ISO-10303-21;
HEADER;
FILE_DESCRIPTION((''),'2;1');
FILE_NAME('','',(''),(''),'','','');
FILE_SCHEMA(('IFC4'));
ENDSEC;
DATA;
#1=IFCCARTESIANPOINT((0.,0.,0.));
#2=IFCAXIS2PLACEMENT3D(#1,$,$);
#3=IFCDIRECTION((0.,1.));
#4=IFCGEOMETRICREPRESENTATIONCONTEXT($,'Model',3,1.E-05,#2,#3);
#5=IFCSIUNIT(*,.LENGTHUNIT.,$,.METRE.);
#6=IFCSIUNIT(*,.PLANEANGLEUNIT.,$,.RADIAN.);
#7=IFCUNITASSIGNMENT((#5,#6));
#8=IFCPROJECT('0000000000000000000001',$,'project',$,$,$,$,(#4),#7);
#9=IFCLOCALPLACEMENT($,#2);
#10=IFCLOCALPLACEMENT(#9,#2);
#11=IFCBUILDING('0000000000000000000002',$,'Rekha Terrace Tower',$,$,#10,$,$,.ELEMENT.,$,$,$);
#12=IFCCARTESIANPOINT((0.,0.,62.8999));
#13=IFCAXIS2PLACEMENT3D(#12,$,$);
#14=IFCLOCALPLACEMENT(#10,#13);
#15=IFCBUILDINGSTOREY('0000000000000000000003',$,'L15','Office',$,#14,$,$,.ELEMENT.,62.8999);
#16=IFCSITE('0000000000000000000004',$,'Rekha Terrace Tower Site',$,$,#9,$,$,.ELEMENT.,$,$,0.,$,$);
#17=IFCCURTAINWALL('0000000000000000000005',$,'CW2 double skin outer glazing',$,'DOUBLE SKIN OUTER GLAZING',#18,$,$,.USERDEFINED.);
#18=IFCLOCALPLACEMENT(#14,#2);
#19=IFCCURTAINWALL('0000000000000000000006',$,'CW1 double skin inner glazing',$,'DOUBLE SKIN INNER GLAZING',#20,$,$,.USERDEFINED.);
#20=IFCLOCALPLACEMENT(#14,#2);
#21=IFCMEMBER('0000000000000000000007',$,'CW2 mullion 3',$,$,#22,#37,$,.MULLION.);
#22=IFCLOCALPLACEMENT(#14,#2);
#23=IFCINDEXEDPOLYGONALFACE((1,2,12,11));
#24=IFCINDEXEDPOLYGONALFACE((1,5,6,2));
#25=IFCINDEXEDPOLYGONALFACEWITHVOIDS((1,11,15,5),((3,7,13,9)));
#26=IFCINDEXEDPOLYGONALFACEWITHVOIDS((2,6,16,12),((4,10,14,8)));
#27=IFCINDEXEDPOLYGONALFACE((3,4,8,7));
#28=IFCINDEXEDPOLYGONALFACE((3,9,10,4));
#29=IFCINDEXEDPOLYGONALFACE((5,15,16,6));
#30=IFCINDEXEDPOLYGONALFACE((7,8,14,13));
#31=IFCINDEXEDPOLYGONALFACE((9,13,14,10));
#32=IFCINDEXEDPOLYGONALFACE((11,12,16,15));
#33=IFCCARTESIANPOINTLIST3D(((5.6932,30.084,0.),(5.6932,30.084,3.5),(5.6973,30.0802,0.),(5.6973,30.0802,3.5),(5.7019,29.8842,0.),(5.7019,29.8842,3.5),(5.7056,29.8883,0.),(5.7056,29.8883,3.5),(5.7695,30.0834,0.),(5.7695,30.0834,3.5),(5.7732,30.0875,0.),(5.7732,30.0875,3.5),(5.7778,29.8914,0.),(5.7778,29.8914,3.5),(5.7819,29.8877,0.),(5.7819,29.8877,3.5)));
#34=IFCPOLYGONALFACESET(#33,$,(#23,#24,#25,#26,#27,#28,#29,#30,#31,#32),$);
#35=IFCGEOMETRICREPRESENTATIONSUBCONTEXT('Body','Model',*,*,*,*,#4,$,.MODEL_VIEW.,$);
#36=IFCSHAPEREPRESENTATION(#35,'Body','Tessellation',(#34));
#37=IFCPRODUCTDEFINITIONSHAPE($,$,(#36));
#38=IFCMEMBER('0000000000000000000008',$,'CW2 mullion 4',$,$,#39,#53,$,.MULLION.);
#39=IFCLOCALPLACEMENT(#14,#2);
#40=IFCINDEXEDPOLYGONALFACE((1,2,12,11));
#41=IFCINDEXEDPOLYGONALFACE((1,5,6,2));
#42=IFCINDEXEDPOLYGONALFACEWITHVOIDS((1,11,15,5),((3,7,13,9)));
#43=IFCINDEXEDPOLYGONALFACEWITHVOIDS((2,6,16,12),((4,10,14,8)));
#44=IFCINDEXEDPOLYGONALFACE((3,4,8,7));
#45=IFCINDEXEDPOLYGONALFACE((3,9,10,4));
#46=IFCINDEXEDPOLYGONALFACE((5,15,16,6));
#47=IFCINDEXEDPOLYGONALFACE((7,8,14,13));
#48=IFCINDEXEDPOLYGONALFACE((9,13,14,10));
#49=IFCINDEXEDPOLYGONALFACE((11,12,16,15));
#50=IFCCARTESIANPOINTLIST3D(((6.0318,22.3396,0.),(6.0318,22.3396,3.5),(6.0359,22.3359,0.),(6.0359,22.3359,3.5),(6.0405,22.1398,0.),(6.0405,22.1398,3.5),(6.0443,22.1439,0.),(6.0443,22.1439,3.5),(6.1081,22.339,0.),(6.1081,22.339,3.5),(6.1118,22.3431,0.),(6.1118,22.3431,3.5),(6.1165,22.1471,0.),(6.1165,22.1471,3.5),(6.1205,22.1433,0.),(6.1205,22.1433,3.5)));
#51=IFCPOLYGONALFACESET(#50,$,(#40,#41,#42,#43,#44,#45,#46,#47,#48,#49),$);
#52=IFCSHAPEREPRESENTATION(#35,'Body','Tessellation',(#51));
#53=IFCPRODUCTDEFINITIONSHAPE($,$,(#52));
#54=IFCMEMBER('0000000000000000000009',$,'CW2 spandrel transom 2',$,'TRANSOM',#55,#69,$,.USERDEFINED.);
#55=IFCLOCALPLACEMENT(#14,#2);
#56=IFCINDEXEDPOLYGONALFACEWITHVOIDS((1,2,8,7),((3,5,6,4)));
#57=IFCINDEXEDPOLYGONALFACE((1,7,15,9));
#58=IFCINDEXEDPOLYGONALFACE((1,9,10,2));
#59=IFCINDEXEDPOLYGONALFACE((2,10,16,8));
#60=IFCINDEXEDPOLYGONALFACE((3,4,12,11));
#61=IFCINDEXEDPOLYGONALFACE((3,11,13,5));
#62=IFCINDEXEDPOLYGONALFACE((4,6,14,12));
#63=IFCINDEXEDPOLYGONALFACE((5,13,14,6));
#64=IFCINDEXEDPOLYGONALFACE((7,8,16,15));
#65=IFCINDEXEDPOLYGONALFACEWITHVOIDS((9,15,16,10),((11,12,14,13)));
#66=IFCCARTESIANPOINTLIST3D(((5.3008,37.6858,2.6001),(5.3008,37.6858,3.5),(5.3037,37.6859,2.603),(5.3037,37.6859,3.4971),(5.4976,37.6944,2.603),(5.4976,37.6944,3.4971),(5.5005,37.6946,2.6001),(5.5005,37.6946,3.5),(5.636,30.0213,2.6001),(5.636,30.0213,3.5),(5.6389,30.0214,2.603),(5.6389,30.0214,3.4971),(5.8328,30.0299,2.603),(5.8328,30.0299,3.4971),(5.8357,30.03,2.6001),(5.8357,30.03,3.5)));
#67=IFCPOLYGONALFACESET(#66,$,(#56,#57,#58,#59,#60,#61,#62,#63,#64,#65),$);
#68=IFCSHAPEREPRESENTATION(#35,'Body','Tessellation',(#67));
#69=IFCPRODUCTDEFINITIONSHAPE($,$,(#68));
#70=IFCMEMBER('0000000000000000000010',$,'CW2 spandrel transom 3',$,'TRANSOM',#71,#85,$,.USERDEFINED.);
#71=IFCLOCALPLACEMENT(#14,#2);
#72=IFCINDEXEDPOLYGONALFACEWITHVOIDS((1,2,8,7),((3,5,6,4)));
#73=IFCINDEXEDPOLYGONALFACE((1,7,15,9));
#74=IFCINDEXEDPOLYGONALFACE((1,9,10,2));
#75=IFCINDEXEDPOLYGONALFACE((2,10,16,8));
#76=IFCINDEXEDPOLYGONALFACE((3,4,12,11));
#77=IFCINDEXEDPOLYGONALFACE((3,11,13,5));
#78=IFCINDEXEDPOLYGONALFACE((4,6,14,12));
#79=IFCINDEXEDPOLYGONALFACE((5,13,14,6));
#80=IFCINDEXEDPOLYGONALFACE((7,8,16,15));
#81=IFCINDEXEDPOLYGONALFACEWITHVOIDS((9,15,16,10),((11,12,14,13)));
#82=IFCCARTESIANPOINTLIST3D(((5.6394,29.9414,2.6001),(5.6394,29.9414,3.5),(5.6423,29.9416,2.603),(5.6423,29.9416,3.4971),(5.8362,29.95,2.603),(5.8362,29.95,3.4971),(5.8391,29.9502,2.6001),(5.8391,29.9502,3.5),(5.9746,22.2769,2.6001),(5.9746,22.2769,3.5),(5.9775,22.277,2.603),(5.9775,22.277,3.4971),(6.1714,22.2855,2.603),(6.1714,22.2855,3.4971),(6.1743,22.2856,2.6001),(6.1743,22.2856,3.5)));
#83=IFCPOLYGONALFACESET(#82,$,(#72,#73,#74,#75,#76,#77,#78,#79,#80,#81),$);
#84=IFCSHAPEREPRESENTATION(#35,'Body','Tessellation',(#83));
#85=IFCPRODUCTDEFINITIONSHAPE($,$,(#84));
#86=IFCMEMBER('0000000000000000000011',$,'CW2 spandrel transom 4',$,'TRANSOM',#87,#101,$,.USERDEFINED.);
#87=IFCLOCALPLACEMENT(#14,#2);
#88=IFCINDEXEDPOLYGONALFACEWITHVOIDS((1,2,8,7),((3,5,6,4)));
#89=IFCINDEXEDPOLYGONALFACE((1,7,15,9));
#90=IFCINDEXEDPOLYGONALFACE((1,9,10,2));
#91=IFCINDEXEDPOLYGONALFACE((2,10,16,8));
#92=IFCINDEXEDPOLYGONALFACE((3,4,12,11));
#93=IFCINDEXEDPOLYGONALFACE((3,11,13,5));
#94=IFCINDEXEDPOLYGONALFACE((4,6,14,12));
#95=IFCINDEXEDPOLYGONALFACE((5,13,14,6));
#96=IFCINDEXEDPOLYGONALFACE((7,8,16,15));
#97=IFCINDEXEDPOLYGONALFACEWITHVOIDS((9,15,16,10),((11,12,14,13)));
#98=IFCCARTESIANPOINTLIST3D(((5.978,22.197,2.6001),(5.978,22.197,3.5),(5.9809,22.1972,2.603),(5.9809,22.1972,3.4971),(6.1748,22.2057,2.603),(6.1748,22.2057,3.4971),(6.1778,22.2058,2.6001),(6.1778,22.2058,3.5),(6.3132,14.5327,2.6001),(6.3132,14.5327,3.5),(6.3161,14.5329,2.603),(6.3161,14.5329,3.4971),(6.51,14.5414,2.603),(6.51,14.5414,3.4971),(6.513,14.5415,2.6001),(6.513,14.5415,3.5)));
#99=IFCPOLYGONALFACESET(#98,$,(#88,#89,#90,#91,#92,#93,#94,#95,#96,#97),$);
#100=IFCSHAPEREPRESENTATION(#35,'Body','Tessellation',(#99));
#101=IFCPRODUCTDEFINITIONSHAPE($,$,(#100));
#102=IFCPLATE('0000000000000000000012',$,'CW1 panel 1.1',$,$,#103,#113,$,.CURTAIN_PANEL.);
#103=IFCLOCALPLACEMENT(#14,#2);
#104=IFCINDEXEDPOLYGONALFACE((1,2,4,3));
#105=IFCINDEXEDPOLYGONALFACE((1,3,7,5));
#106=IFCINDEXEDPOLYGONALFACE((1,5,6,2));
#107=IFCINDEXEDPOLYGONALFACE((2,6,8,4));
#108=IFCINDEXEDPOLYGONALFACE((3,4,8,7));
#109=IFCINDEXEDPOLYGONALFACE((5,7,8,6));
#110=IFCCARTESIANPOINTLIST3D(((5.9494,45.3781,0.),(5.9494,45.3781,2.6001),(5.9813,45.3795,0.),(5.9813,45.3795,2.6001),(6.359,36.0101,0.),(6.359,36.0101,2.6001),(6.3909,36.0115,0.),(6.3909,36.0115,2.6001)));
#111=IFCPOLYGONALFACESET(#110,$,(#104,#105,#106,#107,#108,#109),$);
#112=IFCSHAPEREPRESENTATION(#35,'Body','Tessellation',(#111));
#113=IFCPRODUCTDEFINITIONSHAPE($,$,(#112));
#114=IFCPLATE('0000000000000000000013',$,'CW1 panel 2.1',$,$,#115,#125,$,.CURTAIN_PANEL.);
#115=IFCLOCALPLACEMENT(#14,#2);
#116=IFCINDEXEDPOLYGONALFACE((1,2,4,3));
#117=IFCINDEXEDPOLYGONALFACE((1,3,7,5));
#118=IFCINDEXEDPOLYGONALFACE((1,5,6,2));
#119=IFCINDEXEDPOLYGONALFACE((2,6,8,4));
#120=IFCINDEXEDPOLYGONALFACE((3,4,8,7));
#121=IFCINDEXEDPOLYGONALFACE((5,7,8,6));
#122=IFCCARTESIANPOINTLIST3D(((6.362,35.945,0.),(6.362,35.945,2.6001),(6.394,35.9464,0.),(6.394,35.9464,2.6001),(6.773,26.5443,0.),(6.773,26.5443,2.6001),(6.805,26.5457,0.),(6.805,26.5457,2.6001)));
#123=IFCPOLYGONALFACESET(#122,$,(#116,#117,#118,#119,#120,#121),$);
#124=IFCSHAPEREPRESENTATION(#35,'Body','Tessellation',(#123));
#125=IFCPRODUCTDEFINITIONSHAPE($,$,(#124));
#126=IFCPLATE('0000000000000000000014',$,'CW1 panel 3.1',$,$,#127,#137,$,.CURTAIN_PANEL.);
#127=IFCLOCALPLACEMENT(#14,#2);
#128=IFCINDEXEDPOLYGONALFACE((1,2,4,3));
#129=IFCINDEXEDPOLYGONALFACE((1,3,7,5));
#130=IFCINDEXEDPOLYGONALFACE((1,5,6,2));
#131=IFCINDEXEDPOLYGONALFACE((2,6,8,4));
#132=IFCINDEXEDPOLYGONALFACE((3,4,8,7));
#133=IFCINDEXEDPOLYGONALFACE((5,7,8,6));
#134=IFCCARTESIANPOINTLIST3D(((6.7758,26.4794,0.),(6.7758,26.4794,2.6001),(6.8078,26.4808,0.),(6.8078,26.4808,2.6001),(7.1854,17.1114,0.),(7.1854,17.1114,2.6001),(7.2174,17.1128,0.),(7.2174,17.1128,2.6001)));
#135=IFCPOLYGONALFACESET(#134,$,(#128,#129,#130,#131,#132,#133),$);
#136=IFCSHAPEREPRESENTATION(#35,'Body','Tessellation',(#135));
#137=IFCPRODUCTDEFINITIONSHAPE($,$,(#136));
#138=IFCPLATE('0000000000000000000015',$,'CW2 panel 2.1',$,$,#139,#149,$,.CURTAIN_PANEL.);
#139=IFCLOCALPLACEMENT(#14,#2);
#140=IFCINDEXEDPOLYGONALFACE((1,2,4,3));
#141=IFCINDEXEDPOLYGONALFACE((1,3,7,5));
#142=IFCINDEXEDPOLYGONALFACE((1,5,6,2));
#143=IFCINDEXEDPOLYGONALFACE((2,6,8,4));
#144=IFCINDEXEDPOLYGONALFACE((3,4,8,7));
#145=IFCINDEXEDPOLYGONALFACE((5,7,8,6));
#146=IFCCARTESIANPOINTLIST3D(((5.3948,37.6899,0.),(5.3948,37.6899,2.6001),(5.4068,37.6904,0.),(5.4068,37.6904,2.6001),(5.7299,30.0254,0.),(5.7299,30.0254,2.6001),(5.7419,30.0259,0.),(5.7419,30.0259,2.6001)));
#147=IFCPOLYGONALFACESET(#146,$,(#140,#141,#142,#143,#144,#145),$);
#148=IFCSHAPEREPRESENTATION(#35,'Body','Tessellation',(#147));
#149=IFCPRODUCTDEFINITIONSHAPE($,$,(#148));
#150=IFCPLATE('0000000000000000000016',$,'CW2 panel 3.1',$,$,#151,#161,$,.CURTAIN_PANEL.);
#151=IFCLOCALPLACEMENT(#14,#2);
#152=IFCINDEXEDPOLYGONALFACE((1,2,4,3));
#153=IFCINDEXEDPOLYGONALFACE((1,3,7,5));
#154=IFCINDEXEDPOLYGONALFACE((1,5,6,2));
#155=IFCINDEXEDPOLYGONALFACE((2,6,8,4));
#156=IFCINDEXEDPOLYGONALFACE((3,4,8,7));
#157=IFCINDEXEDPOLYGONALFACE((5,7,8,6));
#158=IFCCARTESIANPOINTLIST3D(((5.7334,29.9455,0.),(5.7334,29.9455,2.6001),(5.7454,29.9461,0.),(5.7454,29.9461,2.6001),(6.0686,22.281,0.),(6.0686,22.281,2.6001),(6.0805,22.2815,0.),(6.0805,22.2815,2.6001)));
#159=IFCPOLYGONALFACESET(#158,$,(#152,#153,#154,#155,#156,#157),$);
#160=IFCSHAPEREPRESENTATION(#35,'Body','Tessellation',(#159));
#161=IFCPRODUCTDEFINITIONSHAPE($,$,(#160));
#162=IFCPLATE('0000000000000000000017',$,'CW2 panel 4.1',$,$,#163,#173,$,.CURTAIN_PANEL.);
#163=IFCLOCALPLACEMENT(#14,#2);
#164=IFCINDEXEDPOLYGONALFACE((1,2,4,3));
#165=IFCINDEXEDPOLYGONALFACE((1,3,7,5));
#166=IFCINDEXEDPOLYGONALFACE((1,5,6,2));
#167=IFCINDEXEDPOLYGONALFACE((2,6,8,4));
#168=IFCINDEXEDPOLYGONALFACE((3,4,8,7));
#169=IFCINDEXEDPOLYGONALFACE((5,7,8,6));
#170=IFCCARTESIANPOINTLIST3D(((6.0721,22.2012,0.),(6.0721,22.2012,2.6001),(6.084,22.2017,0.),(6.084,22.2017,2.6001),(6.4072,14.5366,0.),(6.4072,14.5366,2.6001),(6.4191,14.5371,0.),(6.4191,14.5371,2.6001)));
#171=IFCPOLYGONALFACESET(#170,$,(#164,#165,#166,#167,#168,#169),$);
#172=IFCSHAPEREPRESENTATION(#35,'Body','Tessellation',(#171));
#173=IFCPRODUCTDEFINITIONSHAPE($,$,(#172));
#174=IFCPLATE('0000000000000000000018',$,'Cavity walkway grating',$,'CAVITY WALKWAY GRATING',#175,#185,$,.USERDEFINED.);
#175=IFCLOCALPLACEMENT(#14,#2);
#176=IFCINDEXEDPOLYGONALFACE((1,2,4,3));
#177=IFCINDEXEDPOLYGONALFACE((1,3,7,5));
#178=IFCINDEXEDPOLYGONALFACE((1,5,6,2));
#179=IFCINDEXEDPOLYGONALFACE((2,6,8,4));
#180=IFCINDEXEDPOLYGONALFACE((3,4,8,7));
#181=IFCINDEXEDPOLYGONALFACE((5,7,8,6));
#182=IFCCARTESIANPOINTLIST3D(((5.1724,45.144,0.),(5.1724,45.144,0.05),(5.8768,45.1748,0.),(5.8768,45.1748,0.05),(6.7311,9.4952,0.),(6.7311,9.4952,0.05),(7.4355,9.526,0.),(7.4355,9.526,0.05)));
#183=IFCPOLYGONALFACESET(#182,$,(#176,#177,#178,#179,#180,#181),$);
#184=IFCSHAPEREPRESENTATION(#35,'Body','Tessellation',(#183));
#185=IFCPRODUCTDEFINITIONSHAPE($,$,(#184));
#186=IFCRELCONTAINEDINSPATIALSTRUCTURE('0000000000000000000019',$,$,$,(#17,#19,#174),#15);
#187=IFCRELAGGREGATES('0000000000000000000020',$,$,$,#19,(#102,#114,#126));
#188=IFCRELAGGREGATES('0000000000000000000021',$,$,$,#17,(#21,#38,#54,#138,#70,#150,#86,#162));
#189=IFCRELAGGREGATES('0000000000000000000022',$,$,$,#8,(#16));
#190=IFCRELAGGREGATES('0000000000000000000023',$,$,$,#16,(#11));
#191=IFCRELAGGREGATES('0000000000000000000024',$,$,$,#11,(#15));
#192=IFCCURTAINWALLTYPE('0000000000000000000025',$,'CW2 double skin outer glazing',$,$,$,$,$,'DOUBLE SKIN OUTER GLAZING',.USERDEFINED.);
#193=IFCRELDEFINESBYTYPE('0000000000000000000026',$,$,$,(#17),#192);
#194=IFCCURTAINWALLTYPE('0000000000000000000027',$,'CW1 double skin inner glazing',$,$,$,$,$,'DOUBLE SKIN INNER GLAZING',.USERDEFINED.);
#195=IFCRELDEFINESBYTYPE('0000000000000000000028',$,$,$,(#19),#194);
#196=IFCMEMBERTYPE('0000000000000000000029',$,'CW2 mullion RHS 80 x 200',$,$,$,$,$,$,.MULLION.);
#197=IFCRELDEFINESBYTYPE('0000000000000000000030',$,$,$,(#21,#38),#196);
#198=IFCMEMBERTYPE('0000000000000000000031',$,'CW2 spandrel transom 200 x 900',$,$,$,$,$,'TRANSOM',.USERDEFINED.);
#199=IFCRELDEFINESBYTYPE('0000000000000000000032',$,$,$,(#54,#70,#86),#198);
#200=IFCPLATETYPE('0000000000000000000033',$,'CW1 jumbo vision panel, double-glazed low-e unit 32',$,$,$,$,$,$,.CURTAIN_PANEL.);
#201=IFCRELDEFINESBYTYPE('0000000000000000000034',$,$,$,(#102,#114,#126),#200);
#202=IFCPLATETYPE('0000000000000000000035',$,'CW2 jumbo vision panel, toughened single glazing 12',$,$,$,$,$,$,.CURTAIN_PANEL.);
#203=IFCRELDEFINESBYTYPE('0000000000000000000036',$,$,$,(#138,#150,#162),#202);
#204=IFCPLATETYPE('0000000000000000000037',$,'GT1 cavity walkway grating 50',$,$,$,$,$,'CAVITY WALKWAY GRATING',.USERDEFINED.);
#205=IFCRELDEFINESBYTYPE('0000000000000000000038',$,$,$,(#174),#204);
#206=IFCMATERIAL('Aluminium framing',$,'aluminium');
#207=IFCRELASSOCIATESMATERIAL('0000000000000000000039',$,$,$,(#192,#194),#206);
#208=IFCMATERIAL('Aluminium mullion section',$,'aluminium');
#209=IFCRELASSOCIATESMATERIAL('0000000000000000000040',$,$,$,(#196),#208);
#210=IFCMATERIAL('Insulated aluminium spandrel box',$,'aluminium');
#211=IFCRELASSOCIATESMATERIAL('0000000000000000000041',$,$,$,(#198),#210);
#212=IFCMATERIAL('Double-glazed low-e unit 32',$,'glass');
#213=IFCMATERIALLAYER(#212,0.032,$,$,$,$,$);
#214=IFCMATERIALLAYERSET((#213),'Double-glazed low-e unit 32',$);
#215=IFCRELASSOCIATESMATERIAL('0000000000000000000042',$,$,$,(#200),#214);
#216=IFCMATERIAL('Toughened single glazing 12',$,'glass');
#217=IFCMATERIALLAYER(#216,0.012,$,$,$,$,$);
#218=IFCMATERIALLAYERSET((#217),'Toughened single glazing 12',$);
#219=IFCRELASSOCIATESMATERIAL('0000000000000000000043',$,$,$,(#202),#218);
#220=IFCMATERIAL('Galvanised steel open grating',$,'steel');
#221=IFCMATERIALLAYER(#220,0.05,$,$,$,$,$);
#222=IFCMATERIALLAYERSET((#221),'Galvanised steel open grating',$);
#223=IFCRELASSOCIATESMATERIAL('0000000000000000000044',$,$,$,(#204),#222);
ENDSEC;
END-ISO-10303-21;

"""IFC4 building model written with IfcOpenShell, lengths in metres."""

from ifc_helpers import new_model, si_unit, direction, frame, origin, origin_2d, place, context, subcontext, project, spatial, rectangle, hollow_rectangle, extrude, material, layer, layer_set, material_profile, profile_set, type_object, element, aggregate, save


model = new_model("IFC4")

# Units and contexts
model_context = context("Model", 3, precision=1e-05, world=origin(), true_north=direction((0.0, 1.0)))
body_context = subcontext(model_context, "Body", "Model", "MODEL_VIEW")
ifc_project = project(units=[si_unit("LENGTHUNIT", "METRE"), si_unit("PLANEANGLEUNIT", "RADIAN")], contexts=[model_context])

# Site, building, storey
site_placement = place(None, origin())
site = spatial("IfcSite", under=ifc_project, at=site_placement, Name="Rekha Terrace Tower Site", CompositionType="ELEMENT", RefElevation=0.0)
building_placement = place(site_placement, origin())
building = spatial("IfcBuilding", under=site, at=building_placement, Name="Rekha Terrace Tower", CompositionType="ELEMENT")
storey_placement = place(building_placement, frame((0.0, 0.0, 62.8999)))
storey = spatial("IfcBuildingStorey", under=building, at=storey_placement, Name="L15", Description="Office", CompositionType="ELEMENT", Elevation=62.8999)

# Curtain walls
ifc_material_1 = material(Name="Aluminium framing", Category="aluminium")
curtain_wall_type_1 = type_object("IfcCurtainWallType", Name="CW2 double skin outer glazing", ElementType="DOUBLE SKIN OUTER GLAZING", PredefinedType="USERDEFINED", material=ifc_material_1)
curtain_wall_1_placement = place(storey_placement, origin())
curtain_wall_1 = element("IfcCurtainWall", 1, at=curtain_wall_1_placement, inside=storey, type_object=curtain_wall_type_1, Name="CW2 double skin outer glazing", ObjectType="DOUBLE SKIN OUTER GLAZING", PredefinedType="USERDEFINED")
curtain_wall_type_2 = type_object("IfcCurtainWallType", Name="CW1 double skin inner glazing", ElementType="DOUBLE SKIN INNER GLAZING", PredefinedType="USERDEFINED", material=ifc_material_1)
curtain_wall_2_placement = place(storey_placement, origin())
curtain_wall_2 = element("IfcCurtainWall", 2, at=curtain_wall_2_placement, inside=storey, type_object=curtain_wall_type_2, Name="CW1 double skin inner glazing", ObjectType="DOUBLE SKIN INNER GLAZING", PredefinedType="USERDEFINED")
ifc_material_2 = material(Name="Aluminium mullion section", Category="aluminium")
ifc_material_3 = material(Name="Insulated aluminium spandrel box", Category="aluminium")

# Members
ifc_material_profile_1 = material_profile(ifc_material_2, hollow_rectangle(XDim=0.0801, YDim=0.2, WallThickness=0.0039, at=origin_2d()), Name="AL RHS 80x200")
ifc_profile_set_1 = profile_set([ifc_material_profile_1], Name="Aluminium mullion section")
member_type_1 = type_object("IfcMemberType", Name="CW2 mullion RHS 80 x 200", PredefinedType="MULLION", material=ifc_profile_set_1)
member_1_placement = place(storey_placement, frame((5.7375, 29.9858, 0.0), z_axis=(0.0, 0.0, 1.0), x_axis=(0.999045, 0.043683, 0.0)))
member_1 = element("IfcMember", 3, at=member_1_placement, type_object=member_type_1, Name="CW2 mullion 3", PredefinedType="MULLION", context=body_context, shape_type="SweptSolid", body=[
    extrude(hollow_rectangle(XDim=0.0801, YDim=0.2, WallThickness=0.0039, at=origin_2d()), origin(), (0.0, 0.0, 1.0), 3.5),
])
member_2_placement = place(storey_placement, frame((6.0762, 22.2415, 0.0), z_axis=(0.0, 0.0, 1.0), x_axis=(0.999045, 0.043683, 0.0)))
member_2 = element("IfcMember", 4, at=member_2_placement, type_object=member_type_1, Name="CW2 mullion 4", PredefinedType="MULLION", context=body_context, shape_type="SweptSolid", body=[
    extrude(hollow_rectangle(XDim=0.0801, YDim=0.2, WallThickness=0.0039, at=origin_2d()), origin(), (0.0, 0.0, 1.0), 3.5),
])
ifc_material_profile_2 = material_profile(ifc_material_3, hollow_rectangle(XDim=0.2, YDim=0.8999, WallThickness=0.0029, at=origin_2d()), Name="AL SPANDREL BOX 200x900")
ifc_profile_set_2 = profile_set([ifc_material_profile_2], Name="Insulated aluminium spandrel box")
member_type_2 = type_object("IfcMemberType", Name="CW2 spandrel transom 200 x 900", ElementType="TRANSOM", PredefinedType="USERDEFINED", material=ifc_profile_set_2)
member_3_placement = place(storey_placement, frame((5.4006, 37.6902, 3.05), z_axis=(0.043693, -0.999045, 0.0), x_axis=(0.999045, 0.043693, 0.0)))
member_3 = element("IfcMember", 5, at=member_3_placement, type_object=member_type_2, Name="CW2 spandrel transom 2", ObjectType="TRANSOM", PredefinedType="USERDEFINED", context=body_context, shape_type="SweptSolid", body=[
    extrude(hollow_rectangle(XDim=0.2, YDim=0.8999, WallThickness=0.0029, at=origin_2d()), origin(), (0.0, 0.0, 1.0), 7.6719),
])
member_4_placement = place(storey_placement, frame((5.7393, 29.9458, 3.05), z_axis=(0.043693, -0.999045, 0.0), x_axis=(0.999045, 0.043693, 0.0)))
member_4 = element("IfcMember", 6, at=member_4_placement, type_object=member_type_2, Name="CW2 spandrel transom 3", ObjectType="TRANSOM", PredefinedType="USERDEFINED", context=body_context, shape_type="SweptSolid", body=[
    extrude(hollow_rectangle(XDim=0.2, YDim=0.8999, WallThickness=0.0029, at=origin_2d()), origin(), (0.0, 0.0, 1.0), 7.6719),
])
member_5_placement = place(storey_placement, frame((6.0779, 22.2014, 3.05), z_axis=(0.043694, -0.999045, 0.0), x_axis=(0.999045, 0.043694, 0.0)))
member_5 = element("IfcMember", 7, at=member_5_placement, type_object=member_type_2, Name="CW2 spandrel transom 4", ObjectType="TRANSOM", PredefinedType="USERDEFINED", context=body_context, shape_type="SweptSolid", body=[
    extrude(hollow_rectangle(XDim=0.2, YDim=0.8999, WallThickness=0.0029, at=origin_2d()), origin(), (0.0, 0.0, 1.0), 7.6716),
])

# Plates
ifc_material_4 = material(Name="Double-glazed low-e unit 32", Category="glass")
ifc_layer_1 = layer(ifc_material_4, 0.032)
ifc_layer_set_1 = layer_set([ifc_layer_1], Name="Double-glazed low-e unit 32")
plate_type_1 = type_object("IfcPlateType", Name="CW1 jumbo vision panel, double-glazed low-e unit 32", PredefinedType="CURTAIN_PANEL", material=ifc_layer_set_1)
plate_1_placement = place(storey_placement, frame((6.1702, 40.6948, 0.0), z_axis=(0.0, 0.0, 1.0), x_axis=(0.043683, -0.999045, 0.0)))
plate_1 = element("IfcPlate", 8, at=plate_1_placement, type_object=plate_type_1, Name="CW1 panel 1.1", PredefinedType="CURTAIN_PANEL", context=body_context, shape_type="SweptSolid", body=[
    extrude(rectangle(XDim=9.377, YDim=0.032, at=origin_2d()), origin(), (0.0, 0.0, 1.0), 2.6001),
])
plate_2_placement = place(storey_placement, frame((6.5835, 31.2454, 0.0), z_axis=(0.0, 0.0, 1.0), x_axis=(0.043683, -0.999045, 0.0)))
plate_2 = element("IfcPlate", 9, at=plate_2_placement, type_object=plate_type_1, Name="CW1 panel 2.1", PredefinedType="CURTAIN_PANEL", context=body_context, shape_type="SweptSolid", body=[
    extrude(rectangle(XDim=9.4097, YDim=0.032, at=origin_2d()), origin(), (0.0, 0.0, 1.0), 2.6001),
])
plate_3_placement = place(storey_placement, frame((6.9966, 21.7961, 0.0), z_axis=(0.0, 0.0, 1.0), x_axis=(0.043683, -0.999045, 0.0)))
plate_3 = element("IfcPlate", 10, at=plate_3_placement, type_object=plate_type_1, Name="CW1 panel 3.1", PredefinedType="CURTAIN_PANEL", context=body_context, shape_type="SweptSolid", body=[
    extrude(rectangle(XDim=9.377, YDim=0.032, at=origin_2d()), origin(), (0.0, 0.0, 1.0), 2.6001),
])
aggregate(curtain_wall_2, [plate_1, plate_2, plate_3])
ifc_material_5 = material(Name="Toughened single glazing 12", Category="glass")
ifc_layer_2 = layer(ifc_material_5, 0.012)
ifc_layer_set_2 = layer_set([ifc_layer_2], Name="Toughened single glazing 12")
plate_type_2 = type_object("IfcPlateType", Name="CW2 jumbo vision panel, toughened single glazing 12", PredefinedType="CURTAIN_PANEL", material=ifc_layer_set_2)
plate_4_placement = place(storey_placement, frame((5.5684, 33.8579, 0.0), z_axis=(0.0, 0.0, 1.0), x_axis=(0.043683, -0.999045, 0.0)))
plate_4 = element("IfcPlate", 11, at=plate_4_placement, type_object=plate_type_2, Name="CW2 panel 2.1", PredefinedType="CURTAIN_PANEL", context=body_context, shape_type="SweptSolid", body=[
    extrude(rectangle(XDim=7.6719, YDim=0.012, at=origin_2d()), origin(), (0.0, 0.0, 1.0), 2.6001),
])
plate_5_placement = place(storey_placement, frame((5.907, 26.1135, 0.0), z_axis=(0.0, 0.0, 1.0), x_axis=(0.043683, -0.999045, 0.0)))
plate_5 = element("IfcPlate", 12, at=plate_5_placement, type_object=plate_type_2, Name="CW2 panel 3.1", PredefinedType="CURTAIN_PANEL", context=body_context, shape_type="SweptSolid", body=[
    extrude(rectangle(XDim=7.6719, YDim=0.012, at=origin_2d()), origin(), (0.0, 0.0, 1.0), 2.6001),
])
plate_6_placement = place(storey_placement, frame((6.2456, 18.3691, 0.0), z_axis=(0.0, 0.0, 1.0), x_axis=(0.043683, -0.999045, 0.0)))
plate_6 = element("IfcPlate", 13, at=plate_6_placement, type_object=plate_type_2, Name="CW2 panel 4.1", PredefinedType="CURTAIN_PANEL", context=body_context, shape_type="SweptSolid", body=[
    extrude(rectangle(XDim=7.6719, YDim=0.012, at=origin_2d()), origin(), (0.0, 0.0, 1.0), 2.6001),
])
aggregate(curtain_wall_1, [member_1, member_2, member_3, plate_4, member_4, plate_5, member_5, plate_6])
ifc_material_6 = material(Name="Galvanised steel open grating", Category="steel")
ifc_layer_3 = layer(ifc_material_6, 0.05)
ifc_layer_set_3 = layer_set([ifc_layer_3], Name="Galvanised steel open grating")
plate_type_3 = type_object("IfcPlateType", Name="GT1 cavity walkway grating 50", ElementType="CAVITY WALKWAY GRATING", PredefinedType="USERDEFINED", material=ifc_layer_set_3)
plate_7_placement = place(storey_placement, frame((6.304, 27.335, 0.0), z_axis=(0.0, 0.0, 1.0), x_axis=(0.043683, -0.999045, 0.0)))
element("IfcPlate", 14, at=plate_7_placement, inside=storey, type_object=plate_type_3, Name="Cavity walkway grating", ObjectType="CAVITY WALKWAY GRATING", PredefinedType="USERDEFINED", context=body_context, shape_type="SweptSolid", body=[
    extrude(rectangle(XDim=35.6829, YDim=0.7051, at=origin_2d()), origin(), (0.0, 0.0, 1.0), 0.05),
])

save(model, "model.ifc")
